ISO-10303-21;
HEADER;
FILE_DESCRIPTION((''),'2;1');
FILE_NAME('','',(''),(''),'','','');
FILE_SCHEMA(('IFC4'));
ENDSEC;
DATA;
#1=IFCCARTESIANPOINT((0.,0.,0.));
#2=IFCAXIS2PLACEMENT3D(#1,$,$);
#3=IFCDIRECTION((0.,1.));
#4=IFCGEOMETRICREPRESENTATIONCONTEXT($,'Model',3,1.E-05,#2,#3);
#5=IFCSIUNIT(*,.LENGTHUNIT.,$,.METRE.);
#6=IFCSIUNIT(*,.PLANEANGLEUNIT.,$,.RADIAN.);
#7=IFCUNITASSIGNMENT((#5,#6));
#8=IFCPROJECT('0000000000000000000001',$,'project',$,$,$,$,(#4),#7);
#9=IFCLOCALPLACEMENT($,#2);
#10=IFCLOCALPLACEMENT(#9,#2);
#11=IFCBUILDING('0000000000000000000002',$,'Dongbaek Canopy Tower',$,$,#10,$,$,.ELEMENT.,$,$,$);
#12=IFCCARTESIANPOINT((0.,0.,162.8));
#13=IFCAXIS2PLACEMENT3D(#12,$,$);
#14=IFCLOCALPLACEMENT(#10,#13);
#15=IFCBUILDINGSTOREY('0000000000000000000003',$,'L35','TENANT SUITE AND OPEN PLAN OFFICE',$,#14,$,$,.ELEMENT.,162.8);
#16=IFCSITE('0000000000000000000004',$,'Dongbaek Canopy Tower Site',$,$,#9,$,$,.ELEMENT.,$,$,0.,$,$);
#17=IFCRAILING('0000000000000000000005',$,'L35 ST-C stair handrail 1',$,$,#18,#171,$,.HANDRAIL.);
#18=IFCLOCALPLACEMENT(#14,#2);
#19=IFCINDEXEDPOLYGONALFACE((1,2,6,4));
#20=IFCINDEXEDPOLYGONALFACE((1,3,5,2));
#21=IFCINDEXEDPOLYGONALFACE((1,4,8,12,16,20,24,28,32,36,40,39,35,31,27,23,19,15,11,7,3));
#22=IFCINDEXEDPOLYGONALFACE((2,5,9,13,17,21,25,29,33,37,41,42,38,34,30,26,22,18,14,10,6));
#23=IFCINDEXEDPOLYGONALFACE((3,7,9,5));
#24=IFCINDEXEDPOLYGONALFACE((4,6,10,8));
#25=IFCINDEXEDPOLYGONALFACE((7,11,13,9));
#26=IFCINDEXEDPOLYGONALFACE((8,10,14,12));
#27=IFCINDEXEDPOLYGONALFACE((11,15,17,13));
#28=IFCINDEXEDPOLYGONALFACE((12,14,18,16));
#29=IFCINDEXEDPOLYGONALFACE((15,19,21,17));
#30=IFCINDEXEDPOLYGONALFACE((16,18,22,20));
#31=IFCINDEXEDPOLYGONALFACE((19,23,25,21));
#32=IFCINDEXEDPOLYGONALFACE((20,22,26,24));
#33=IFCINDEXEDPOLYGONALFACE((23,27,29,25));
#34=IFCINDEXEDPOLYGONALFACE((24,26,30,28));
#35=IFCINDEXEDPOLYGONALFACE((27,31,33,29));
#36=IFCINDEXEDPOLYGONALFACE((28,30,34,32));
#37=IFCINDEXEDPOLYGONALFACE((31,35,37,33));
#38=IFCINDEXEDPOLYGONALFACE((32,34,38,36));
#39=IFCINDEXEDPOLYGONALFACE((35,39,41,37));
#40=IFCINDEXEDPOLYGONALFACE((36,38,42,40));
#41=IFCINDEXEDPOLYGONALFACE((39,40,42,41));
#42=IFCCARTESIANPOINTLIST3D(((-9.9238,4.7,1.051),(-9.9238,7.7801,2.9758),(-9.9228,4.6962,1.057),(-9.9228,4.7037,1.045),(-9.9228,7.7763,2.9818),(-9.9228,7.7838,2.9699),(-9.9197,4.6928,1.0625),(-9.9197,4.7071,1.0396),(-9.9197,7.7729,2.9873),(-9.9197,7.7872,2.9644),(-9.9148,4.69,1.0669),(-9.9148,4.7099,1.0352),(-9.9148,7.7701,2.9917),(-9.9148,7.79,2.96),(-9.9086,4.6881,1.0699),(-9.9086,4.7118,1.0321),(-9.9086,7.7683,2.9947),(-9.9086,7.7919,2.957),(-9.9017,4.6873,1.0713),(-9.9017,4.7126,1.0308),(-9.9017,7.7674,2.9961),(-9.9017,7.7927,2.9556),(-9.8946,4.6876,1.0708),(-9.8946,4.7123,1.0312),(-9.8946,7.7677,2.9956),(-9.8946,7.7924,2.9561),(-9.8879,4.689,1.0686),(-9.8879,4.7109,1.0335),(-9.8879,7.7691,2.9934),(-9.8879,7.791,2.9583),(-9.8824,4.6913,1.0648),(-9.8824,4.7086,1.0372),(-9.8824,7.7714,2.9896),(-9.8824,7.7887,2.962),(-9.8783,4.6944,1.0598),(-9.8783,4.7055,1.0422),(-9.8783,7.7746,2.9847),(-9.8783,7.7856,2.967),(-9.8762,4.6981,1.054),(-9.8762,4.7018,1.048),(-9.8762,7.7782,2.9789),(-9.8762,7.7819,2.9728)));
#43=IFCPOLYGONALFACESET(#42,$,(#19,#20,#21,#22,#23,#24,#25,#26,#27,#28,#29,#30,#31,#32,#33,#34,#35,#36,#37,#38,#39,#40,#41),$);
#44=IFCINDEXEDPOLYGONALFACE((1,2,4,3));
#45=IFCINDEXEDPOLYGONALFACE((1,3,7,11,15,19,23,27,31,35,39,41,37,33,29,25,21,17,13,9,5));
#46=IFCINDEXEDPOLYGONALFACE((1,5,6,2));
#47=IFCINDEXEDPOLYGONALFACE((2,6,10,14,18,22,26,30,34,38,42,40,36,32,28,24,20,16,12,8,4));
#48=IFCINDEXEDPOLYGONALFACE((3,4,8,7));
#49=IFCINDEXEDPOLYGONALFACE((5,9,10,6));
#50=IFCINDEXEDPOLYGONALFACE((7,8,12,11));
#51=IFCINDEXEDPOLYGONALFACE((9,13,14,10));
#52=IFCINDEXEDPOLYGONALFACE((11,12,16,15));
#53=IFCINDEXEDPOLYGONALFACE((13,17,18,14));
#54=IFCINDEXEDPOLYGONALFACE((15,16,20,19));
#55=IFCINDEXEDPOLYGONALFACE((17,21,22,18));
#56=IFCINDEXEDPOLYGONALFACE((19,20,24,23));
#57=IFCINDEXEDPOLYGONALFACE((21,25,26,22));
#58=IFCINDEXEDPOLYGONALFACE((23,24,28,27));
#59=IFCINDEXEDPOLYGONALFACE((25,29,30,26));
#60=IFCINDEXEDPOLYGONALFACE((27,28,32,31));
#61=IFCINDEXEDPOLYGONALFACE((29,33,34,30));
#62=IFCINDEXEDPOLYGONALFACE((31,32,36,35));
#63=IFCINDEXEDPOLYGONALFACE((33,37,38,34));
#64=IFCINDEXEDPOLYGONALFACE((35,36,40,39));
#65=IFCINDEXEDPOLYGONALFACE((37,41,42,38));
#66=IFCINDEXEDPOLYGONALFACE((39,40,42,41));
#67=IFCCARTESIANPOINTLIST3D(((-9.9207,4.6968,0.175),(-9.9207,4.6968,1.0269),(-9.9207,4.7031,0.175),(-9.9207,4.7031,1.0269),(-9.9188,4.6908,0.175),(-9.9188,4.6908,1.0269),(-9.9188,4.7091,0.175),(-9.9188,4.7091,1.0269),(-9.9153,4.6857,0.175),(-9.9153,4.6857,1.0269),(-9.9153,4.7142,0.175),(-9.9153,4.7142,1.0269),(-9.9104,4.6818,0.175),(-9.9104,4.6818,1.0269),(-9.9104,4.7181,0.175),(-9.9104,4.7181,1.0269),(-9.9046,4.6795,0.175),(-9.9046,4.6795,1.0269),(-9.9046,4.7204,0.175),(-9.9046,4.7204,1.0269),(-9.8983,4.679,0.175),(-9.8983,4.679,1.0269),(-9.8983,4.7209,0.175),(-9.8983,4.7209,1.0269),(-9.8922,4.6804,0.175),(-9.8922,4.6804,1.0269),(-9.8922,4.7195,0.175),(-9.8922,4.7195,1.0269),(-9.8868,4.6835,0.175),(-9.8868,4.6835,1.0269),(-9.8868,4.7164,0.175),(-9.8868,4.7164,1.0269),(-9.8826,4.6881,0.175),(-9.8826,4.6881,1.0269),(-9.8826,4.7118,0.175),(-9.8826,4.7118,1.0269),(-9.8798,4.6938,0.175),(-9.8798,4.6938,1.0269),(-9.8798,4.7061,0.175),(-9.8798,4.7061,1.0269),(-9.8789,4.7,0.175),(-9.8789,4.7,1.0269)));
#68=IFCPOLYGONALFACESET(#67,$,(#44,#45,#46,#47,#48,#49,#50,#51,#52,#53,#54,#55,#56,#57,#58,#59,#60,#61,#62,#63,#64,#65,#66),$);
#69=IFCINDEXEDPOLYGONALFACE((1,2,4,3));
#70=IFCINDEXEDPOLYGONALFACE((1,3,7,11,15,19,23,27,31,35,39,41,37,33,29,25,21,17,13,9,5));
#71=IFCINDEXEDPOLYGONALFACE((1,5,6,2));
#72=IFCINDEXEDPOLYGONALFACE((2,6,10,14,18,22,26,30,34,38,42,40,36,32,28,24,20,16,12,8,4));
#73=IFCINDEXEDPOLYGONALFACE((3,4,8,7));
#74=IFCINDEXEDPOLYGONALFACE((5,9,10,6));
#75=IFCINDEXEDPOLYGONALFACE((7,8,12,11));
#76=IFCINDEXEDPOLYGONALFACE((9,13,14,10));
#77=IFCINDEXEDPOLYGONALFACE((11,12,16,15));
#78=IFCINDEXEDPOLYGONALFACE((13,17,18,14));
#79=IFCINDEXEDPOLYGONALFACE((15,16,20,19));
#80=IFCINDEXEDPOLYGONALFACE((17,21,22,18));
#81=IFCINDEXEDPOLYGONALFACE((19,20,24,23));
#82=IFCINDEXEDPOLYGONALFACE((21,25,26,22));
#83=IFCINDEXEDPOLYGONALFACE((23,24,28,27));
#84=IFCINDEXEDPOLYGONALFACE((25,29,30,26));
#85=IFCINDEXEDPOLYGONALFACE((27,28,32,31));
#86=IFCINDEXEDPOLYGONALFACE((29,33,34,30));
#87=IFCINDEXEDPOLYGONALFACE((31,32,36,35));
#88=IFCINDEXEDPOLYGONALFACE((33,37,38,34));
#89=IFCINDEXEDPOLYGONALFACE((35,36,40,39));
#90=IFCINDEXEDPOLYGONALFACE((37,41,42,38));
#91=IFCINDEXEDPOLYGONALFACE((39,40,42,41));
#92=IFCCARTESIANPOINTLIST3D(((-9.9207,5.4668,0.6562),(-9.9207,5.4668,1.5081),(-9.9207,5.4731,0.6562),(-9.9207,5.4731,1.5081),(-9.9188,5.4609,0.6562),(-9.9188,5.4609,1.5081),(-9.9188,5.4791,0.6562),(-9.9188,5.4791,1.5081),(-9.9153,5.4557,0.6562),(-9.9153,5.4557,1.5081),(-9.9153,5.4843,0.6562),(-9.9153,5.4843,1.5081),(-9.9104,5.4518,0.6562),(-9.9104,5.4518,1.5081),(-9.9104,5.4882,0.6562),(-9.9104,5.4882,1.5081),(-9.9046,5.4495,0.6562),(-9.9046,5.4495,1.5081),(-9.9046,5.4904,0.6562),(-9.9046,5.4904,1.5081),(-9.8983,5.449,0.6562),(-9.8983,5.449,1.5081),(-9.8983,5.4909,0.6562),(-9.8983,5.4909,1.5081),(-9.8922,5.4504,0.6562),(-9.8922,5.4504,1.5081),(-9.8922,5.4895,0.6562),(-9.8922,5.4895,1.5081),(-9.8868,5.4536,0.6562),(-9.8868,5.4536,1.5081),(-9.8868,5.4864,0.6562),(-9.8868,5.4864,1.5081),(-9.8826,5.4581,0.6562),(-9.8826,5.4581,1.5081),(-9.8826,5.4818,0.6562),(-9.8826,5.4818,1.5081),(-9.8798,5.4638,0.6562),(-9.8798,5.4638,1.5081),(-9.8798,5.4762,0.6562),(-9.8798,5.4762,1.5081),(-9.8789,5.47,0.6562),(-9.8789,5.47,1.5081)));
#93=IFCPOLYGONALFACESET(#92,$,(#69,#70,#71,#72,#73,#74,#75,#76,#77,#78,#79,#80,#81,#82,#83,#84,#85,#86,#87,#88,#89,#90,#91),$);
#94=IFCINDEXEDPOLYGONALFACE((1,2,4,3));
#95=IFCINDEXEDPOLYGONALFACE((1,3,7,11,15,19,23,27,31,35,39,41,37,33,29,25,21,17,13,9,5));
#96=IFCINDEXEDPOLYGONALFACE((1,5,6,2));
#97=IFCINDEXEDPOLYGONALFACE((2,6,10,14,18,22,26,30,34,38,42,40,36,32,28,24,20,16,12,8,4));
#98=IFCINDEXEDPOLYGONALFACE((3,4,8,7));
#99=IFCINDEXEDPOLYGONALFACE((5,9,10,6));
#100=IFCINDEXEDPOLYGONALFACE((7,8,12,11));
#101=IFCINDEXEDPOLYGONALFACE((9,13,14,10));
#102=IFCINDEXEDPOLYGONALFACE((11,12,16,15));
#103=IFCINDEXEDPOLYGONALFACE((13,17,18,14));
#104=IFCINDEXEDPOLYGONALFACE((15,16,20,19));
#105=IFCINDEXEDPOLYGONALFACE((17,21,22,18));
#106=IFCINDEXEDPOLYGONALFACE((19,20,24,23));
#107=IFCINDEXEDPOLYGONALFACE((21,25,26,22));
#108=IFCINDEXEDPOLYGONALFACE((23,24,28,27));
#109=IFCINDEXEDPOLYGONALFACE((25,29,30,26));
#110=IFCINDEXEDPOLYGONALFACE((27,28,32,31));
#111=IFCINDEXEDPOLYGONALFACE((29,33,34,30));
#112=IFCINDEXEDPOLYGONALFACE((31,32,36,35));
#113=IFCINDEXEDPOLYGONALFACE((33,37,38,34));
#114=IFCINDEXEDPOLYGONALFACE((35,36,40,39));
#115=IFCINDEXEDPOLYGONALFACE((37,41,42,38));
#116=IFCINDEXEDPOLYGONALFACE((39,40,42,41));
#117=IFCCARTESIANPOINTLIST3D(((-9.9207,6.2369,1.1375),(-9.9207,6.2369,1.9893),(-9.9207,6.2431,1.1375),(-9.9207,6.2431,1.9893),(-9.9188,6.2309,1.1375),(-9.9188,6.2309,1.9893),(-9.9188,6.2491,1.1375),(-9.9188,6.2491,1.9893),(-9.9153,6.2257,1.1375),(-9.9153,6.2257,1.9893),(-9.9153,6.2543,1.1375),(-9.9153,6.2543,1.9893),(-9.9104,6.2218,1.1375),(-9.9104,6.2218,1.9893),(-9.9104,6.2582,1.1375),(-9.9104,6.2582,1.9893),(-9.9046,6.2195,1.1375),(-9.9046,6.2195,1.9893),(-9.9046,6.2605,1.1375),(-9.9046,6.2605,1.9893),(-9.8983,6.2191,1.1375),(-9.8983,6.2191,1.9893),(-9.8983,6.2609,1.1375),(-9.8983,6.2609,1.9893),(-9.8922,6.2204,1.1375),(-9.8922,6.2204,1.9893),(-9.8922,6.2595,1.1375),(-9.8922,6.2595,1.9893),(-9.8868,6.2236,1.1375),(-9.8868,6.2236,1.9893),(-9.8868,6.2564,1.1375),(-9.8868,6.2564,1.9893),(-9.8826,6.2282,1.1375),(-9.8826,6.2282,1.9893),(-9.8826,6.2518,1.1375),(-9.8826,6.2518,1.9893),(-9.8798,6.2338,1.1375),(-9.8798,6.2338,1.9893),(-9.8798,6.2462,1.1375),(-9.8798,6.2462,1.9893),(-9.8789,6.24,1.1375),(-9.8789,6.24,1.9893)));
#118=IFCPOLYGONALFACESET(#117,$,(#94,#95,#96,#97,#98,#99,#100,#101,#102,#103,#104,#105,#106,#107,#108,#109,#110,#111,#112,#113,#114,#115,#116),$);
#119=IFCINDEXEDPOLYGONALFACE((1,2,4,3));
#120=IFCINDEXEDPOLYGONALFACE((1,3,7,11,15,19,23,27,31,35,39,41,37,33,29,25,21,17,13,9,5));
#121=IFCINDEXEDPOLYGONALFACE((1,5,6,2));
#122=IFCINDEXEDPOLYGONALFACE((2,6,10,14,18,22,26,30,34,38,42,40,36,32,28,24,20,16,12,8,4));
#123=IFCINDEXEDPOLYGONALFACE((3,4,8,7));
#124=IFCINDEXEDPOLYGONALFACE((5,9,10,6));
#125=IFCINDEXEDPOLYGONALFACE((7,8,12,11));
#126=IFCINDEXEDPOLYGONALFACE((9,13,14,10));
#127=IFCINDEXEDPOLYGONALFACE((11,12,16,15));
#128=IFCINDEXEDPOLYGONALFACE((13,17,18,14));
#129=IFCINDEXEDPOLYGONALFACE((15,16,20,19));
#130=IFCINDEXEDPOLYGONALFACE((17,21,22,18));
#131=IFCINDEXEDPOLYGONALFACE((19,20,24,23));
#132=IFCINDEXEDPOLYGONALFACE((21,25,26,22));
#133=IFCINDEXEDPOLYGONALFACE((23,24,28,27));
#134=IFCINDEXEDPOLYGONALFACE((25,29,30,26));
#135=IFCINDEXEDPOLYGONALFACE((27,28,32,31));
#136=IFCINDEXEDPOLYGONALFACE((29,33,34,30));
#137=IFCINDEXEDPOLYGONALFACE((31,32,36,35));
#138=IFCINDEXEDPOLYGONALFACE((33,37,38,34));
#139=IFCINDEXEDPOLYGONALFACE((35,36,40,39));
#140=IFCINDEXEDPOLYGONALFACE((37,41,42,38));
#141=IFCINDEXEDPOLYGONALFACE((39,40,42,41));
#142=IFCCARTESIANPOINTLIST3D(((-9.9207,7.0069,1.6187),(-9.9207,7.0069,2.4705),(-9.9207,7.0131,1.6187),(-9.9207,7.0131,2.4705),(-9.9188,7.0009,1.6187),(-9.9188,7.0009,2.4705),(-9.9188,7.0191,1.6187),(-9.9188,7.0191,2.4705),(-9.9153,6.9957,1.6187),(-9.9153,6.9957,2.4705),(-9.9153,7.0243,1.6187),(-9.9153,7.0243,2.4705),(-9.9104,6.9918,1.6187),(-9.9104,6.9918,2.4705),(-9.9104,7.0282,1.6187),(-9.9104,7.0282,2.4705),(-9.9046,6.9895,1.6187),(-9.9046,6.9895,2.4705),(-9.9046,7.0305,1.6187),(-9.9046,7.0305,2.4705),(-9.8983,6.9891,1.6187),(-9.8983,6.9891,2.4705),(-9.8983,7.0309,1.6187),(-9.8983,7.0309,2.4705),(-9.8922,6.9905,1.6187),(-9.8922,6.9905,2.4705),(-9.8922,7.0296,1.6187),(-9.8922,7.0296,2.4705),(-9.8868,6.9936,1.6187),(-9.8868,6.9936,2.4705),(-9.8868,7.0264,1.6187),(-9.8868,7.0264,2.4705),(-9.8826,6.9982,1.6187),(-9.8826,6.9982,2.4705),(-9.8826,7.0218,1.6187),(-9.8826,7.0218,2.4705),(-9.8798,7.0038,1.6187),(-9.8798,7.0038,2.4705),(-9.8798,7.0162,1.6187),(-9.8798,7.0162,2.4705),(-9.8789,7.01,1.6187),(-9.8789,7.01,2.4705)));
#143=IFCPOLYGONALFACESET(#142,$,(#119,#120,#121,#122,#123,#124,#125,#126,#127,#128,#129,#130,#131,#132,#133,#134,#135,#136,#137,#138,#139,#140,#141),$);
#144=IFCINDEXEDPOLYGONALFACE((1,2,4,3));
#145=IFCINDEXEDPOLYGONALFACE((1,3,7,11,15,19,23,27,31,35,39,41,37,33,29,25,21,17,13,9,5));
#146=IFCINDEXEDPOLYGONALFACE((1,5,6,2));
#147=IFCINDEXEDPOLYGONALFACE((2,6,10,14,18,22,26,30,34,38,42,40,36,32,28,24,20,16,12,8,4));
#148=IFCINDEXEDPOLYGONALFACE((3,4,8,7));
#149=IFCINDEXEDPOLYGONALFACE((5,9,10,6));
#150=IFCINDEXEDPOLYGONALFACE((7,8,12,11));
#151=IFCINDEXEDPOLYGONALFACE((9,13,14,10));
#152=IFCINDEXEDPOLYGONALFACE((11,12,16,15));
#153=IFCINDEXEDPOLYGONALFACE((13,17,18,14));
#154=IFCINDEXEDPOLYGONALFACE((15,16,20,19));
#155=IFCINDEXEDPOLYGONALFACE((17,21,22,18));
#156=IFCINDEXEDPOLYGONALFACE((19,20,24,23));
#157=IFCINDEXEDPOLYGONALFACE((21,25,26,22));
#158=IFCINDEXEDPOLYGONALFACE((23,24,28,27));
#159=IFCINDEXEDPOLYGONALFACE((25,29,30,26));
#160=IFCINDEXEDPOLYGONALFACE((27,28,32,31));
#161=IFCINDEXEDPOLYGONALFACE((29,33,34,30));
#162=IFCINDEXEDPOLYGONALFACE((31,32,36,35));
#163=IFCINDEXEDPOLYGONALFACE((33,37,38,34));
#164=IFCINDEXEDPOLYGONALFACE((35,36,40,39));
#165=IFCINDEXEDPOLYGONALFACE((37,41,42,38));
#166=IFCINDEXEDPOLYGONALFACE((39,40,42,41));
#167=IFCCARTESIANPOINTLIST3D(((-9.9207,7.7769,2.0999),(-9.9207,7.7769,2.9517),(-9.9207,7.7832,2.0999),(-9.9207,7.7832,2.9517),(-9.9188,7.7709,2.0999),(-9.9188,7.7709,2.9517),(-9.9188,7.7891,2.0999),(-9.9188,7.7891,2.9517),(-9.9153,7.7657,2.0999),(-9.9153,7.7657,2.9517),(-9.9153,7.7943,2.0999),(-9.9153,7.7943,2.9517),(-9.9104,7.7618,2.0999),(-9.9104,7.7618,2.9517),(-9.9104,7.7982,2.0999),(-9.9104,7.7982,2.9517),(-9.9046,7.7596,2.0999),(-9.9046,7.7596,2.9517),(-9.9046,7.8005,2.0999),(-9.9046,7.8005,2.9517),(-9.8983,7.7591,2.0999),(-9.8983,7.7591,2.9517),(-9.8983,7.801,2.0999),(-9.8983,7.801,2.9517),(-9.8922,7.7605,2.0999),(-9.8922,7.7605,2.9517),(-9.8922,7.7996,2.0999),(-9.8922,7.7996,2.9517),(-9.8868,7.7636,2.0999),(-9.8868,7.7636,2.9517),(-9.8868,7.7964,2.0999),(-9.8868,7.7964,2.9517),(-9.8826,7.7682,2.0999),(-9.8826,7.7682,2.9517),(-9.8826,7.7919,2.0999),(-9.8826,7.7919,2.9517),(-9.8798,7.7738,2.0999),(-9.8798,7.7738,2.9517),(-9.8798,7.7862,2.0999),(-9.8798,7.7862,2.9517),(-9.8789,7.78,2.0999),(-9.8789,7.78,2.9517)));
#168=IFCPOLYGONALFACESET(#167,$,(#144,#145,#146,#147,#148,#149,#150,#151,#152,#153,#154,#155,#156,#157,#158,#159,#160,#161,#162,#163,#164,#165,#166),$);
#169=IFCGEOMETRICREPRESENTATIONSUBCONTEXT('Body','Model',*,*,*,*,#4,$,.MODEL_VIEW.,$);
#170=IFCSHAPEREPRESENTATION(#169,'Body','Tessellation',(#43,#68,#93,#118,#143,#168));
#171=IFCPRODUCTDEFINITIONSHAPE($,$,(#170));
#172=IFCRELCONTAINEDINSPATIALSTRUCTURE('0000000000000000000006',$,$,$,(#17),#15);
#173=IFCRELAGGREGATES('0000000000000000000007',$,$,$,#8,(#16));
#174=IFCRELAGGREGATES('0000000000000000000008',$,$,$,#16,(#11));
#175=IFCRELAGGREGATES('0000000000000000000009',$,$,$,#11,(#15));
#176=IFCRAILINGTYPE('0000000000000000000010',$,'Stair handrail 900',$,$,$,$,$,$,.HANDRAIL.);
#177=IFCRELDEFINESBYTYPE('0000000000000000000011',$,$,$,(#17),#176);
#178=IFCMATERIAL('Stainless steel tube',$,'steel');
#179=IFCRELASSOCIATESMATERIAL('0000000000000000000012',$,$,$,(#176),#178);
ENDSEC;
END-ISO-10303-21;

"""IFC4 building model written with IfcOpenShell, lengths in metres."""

from ifc_helpers import new_model, si_unit, direction, frame, origin, origin_2d, place, context, subcontext, project, spatial, circle, extrude, material, type_object, element, save


model = new_model("IFC4")

# Units and contexts
model_context = context("Model", 3, precision=1e-05, world=origin(), true_north=direction((0.0, 1.0)))
body_context = subcontext(model_context, "Body", "Model", "MODEL_VIEW")
ifc_project = project(units=[si_unit("LENGTHUNIT", "METRE"), si_unit("PLANEANGLEUNIT", "RADIAN")], contexts=[model_context])

# Site, building, storey
site_placement = place(None, origin())
site = spatial("IfcSite", under=ifc_project, at=site_placement, Name="Dongbaek Canopy Tower Site", CompositionType="ELEMENT", RefElevation=0.0)
building_placement = place(site_placement, origin())
building = spatial("IfcBuilding", under=site, at=building_placement, Name="Dongbaek Canopy Tower", CompositionType="ELEMENT")
storey_placement = place(building_placement, frame((0.0, 0.0, 162.8)))
storey = spatial("IfcBuildingStorey", under=building, at=storey_placement, Name="L35", Description="TENANT SUITE AND OPEN PLAN OFFICE", CompositionType="ELEMENT", Elevation=162.8)

# Railing
ifc_material_1 = material(Name="Stainless steel tube", Category="steel")
railing_type_1 = type_object("IfcRailingType", Name="Stair handrail 900", PredefinedType="HANDRAIL", material=ifc_material_1)
railing_1_placement = place(storey_placement, frame((-9.8999, 4.7, 0.175)))
element("IfcRailing", 1, at=railing_1_placement, inside=storey, type_object=railing_type_1, Name="L35 ST-C stair handrail 1", PredefinedType="HANDRAIL", context=body_context, shape_type="SweptSolid", body=[
    extrude(circle(Radius=0.0239, at=origin_2d()), frame((0.0, 0.0, 0.876), z_axis=(0.0, 0.848029, 0.529951), x_axis=(-1.0, 0.0, 0.0)), (0.0, 0.0, 1.0), 3.6321),
    extrude(circle(Radius=0.021, at=origin_2d()), origin(), (0.0, 0.0, 1.0), 0.8518),
    extrude(circle(Radius=0.021, at=origin_2d()), frame((0.0, 0.77, 0.4812)), (0.0, 0.0, 1.0), 0.8518),
    extrude(circle(Radius=0.021, at=origin_2d()), frame((0.0, 1.54, 0.9624)), (0.0, 0.0, 1.0), 0.8518),
    extrude(circle(Radius=0.021, at=origin_2d()), frame((0.0, 2.3101, 1.4436)), (0.0, 0.0, 1.0), 0.8518),
    extrude(circle(Radius=0.021, at=origin_2d()), frame((0.0, 3.0801, 1.9248)), (0.0, 0.0, 1.0), 0.8518),
])

save(model, "model.ifc")
